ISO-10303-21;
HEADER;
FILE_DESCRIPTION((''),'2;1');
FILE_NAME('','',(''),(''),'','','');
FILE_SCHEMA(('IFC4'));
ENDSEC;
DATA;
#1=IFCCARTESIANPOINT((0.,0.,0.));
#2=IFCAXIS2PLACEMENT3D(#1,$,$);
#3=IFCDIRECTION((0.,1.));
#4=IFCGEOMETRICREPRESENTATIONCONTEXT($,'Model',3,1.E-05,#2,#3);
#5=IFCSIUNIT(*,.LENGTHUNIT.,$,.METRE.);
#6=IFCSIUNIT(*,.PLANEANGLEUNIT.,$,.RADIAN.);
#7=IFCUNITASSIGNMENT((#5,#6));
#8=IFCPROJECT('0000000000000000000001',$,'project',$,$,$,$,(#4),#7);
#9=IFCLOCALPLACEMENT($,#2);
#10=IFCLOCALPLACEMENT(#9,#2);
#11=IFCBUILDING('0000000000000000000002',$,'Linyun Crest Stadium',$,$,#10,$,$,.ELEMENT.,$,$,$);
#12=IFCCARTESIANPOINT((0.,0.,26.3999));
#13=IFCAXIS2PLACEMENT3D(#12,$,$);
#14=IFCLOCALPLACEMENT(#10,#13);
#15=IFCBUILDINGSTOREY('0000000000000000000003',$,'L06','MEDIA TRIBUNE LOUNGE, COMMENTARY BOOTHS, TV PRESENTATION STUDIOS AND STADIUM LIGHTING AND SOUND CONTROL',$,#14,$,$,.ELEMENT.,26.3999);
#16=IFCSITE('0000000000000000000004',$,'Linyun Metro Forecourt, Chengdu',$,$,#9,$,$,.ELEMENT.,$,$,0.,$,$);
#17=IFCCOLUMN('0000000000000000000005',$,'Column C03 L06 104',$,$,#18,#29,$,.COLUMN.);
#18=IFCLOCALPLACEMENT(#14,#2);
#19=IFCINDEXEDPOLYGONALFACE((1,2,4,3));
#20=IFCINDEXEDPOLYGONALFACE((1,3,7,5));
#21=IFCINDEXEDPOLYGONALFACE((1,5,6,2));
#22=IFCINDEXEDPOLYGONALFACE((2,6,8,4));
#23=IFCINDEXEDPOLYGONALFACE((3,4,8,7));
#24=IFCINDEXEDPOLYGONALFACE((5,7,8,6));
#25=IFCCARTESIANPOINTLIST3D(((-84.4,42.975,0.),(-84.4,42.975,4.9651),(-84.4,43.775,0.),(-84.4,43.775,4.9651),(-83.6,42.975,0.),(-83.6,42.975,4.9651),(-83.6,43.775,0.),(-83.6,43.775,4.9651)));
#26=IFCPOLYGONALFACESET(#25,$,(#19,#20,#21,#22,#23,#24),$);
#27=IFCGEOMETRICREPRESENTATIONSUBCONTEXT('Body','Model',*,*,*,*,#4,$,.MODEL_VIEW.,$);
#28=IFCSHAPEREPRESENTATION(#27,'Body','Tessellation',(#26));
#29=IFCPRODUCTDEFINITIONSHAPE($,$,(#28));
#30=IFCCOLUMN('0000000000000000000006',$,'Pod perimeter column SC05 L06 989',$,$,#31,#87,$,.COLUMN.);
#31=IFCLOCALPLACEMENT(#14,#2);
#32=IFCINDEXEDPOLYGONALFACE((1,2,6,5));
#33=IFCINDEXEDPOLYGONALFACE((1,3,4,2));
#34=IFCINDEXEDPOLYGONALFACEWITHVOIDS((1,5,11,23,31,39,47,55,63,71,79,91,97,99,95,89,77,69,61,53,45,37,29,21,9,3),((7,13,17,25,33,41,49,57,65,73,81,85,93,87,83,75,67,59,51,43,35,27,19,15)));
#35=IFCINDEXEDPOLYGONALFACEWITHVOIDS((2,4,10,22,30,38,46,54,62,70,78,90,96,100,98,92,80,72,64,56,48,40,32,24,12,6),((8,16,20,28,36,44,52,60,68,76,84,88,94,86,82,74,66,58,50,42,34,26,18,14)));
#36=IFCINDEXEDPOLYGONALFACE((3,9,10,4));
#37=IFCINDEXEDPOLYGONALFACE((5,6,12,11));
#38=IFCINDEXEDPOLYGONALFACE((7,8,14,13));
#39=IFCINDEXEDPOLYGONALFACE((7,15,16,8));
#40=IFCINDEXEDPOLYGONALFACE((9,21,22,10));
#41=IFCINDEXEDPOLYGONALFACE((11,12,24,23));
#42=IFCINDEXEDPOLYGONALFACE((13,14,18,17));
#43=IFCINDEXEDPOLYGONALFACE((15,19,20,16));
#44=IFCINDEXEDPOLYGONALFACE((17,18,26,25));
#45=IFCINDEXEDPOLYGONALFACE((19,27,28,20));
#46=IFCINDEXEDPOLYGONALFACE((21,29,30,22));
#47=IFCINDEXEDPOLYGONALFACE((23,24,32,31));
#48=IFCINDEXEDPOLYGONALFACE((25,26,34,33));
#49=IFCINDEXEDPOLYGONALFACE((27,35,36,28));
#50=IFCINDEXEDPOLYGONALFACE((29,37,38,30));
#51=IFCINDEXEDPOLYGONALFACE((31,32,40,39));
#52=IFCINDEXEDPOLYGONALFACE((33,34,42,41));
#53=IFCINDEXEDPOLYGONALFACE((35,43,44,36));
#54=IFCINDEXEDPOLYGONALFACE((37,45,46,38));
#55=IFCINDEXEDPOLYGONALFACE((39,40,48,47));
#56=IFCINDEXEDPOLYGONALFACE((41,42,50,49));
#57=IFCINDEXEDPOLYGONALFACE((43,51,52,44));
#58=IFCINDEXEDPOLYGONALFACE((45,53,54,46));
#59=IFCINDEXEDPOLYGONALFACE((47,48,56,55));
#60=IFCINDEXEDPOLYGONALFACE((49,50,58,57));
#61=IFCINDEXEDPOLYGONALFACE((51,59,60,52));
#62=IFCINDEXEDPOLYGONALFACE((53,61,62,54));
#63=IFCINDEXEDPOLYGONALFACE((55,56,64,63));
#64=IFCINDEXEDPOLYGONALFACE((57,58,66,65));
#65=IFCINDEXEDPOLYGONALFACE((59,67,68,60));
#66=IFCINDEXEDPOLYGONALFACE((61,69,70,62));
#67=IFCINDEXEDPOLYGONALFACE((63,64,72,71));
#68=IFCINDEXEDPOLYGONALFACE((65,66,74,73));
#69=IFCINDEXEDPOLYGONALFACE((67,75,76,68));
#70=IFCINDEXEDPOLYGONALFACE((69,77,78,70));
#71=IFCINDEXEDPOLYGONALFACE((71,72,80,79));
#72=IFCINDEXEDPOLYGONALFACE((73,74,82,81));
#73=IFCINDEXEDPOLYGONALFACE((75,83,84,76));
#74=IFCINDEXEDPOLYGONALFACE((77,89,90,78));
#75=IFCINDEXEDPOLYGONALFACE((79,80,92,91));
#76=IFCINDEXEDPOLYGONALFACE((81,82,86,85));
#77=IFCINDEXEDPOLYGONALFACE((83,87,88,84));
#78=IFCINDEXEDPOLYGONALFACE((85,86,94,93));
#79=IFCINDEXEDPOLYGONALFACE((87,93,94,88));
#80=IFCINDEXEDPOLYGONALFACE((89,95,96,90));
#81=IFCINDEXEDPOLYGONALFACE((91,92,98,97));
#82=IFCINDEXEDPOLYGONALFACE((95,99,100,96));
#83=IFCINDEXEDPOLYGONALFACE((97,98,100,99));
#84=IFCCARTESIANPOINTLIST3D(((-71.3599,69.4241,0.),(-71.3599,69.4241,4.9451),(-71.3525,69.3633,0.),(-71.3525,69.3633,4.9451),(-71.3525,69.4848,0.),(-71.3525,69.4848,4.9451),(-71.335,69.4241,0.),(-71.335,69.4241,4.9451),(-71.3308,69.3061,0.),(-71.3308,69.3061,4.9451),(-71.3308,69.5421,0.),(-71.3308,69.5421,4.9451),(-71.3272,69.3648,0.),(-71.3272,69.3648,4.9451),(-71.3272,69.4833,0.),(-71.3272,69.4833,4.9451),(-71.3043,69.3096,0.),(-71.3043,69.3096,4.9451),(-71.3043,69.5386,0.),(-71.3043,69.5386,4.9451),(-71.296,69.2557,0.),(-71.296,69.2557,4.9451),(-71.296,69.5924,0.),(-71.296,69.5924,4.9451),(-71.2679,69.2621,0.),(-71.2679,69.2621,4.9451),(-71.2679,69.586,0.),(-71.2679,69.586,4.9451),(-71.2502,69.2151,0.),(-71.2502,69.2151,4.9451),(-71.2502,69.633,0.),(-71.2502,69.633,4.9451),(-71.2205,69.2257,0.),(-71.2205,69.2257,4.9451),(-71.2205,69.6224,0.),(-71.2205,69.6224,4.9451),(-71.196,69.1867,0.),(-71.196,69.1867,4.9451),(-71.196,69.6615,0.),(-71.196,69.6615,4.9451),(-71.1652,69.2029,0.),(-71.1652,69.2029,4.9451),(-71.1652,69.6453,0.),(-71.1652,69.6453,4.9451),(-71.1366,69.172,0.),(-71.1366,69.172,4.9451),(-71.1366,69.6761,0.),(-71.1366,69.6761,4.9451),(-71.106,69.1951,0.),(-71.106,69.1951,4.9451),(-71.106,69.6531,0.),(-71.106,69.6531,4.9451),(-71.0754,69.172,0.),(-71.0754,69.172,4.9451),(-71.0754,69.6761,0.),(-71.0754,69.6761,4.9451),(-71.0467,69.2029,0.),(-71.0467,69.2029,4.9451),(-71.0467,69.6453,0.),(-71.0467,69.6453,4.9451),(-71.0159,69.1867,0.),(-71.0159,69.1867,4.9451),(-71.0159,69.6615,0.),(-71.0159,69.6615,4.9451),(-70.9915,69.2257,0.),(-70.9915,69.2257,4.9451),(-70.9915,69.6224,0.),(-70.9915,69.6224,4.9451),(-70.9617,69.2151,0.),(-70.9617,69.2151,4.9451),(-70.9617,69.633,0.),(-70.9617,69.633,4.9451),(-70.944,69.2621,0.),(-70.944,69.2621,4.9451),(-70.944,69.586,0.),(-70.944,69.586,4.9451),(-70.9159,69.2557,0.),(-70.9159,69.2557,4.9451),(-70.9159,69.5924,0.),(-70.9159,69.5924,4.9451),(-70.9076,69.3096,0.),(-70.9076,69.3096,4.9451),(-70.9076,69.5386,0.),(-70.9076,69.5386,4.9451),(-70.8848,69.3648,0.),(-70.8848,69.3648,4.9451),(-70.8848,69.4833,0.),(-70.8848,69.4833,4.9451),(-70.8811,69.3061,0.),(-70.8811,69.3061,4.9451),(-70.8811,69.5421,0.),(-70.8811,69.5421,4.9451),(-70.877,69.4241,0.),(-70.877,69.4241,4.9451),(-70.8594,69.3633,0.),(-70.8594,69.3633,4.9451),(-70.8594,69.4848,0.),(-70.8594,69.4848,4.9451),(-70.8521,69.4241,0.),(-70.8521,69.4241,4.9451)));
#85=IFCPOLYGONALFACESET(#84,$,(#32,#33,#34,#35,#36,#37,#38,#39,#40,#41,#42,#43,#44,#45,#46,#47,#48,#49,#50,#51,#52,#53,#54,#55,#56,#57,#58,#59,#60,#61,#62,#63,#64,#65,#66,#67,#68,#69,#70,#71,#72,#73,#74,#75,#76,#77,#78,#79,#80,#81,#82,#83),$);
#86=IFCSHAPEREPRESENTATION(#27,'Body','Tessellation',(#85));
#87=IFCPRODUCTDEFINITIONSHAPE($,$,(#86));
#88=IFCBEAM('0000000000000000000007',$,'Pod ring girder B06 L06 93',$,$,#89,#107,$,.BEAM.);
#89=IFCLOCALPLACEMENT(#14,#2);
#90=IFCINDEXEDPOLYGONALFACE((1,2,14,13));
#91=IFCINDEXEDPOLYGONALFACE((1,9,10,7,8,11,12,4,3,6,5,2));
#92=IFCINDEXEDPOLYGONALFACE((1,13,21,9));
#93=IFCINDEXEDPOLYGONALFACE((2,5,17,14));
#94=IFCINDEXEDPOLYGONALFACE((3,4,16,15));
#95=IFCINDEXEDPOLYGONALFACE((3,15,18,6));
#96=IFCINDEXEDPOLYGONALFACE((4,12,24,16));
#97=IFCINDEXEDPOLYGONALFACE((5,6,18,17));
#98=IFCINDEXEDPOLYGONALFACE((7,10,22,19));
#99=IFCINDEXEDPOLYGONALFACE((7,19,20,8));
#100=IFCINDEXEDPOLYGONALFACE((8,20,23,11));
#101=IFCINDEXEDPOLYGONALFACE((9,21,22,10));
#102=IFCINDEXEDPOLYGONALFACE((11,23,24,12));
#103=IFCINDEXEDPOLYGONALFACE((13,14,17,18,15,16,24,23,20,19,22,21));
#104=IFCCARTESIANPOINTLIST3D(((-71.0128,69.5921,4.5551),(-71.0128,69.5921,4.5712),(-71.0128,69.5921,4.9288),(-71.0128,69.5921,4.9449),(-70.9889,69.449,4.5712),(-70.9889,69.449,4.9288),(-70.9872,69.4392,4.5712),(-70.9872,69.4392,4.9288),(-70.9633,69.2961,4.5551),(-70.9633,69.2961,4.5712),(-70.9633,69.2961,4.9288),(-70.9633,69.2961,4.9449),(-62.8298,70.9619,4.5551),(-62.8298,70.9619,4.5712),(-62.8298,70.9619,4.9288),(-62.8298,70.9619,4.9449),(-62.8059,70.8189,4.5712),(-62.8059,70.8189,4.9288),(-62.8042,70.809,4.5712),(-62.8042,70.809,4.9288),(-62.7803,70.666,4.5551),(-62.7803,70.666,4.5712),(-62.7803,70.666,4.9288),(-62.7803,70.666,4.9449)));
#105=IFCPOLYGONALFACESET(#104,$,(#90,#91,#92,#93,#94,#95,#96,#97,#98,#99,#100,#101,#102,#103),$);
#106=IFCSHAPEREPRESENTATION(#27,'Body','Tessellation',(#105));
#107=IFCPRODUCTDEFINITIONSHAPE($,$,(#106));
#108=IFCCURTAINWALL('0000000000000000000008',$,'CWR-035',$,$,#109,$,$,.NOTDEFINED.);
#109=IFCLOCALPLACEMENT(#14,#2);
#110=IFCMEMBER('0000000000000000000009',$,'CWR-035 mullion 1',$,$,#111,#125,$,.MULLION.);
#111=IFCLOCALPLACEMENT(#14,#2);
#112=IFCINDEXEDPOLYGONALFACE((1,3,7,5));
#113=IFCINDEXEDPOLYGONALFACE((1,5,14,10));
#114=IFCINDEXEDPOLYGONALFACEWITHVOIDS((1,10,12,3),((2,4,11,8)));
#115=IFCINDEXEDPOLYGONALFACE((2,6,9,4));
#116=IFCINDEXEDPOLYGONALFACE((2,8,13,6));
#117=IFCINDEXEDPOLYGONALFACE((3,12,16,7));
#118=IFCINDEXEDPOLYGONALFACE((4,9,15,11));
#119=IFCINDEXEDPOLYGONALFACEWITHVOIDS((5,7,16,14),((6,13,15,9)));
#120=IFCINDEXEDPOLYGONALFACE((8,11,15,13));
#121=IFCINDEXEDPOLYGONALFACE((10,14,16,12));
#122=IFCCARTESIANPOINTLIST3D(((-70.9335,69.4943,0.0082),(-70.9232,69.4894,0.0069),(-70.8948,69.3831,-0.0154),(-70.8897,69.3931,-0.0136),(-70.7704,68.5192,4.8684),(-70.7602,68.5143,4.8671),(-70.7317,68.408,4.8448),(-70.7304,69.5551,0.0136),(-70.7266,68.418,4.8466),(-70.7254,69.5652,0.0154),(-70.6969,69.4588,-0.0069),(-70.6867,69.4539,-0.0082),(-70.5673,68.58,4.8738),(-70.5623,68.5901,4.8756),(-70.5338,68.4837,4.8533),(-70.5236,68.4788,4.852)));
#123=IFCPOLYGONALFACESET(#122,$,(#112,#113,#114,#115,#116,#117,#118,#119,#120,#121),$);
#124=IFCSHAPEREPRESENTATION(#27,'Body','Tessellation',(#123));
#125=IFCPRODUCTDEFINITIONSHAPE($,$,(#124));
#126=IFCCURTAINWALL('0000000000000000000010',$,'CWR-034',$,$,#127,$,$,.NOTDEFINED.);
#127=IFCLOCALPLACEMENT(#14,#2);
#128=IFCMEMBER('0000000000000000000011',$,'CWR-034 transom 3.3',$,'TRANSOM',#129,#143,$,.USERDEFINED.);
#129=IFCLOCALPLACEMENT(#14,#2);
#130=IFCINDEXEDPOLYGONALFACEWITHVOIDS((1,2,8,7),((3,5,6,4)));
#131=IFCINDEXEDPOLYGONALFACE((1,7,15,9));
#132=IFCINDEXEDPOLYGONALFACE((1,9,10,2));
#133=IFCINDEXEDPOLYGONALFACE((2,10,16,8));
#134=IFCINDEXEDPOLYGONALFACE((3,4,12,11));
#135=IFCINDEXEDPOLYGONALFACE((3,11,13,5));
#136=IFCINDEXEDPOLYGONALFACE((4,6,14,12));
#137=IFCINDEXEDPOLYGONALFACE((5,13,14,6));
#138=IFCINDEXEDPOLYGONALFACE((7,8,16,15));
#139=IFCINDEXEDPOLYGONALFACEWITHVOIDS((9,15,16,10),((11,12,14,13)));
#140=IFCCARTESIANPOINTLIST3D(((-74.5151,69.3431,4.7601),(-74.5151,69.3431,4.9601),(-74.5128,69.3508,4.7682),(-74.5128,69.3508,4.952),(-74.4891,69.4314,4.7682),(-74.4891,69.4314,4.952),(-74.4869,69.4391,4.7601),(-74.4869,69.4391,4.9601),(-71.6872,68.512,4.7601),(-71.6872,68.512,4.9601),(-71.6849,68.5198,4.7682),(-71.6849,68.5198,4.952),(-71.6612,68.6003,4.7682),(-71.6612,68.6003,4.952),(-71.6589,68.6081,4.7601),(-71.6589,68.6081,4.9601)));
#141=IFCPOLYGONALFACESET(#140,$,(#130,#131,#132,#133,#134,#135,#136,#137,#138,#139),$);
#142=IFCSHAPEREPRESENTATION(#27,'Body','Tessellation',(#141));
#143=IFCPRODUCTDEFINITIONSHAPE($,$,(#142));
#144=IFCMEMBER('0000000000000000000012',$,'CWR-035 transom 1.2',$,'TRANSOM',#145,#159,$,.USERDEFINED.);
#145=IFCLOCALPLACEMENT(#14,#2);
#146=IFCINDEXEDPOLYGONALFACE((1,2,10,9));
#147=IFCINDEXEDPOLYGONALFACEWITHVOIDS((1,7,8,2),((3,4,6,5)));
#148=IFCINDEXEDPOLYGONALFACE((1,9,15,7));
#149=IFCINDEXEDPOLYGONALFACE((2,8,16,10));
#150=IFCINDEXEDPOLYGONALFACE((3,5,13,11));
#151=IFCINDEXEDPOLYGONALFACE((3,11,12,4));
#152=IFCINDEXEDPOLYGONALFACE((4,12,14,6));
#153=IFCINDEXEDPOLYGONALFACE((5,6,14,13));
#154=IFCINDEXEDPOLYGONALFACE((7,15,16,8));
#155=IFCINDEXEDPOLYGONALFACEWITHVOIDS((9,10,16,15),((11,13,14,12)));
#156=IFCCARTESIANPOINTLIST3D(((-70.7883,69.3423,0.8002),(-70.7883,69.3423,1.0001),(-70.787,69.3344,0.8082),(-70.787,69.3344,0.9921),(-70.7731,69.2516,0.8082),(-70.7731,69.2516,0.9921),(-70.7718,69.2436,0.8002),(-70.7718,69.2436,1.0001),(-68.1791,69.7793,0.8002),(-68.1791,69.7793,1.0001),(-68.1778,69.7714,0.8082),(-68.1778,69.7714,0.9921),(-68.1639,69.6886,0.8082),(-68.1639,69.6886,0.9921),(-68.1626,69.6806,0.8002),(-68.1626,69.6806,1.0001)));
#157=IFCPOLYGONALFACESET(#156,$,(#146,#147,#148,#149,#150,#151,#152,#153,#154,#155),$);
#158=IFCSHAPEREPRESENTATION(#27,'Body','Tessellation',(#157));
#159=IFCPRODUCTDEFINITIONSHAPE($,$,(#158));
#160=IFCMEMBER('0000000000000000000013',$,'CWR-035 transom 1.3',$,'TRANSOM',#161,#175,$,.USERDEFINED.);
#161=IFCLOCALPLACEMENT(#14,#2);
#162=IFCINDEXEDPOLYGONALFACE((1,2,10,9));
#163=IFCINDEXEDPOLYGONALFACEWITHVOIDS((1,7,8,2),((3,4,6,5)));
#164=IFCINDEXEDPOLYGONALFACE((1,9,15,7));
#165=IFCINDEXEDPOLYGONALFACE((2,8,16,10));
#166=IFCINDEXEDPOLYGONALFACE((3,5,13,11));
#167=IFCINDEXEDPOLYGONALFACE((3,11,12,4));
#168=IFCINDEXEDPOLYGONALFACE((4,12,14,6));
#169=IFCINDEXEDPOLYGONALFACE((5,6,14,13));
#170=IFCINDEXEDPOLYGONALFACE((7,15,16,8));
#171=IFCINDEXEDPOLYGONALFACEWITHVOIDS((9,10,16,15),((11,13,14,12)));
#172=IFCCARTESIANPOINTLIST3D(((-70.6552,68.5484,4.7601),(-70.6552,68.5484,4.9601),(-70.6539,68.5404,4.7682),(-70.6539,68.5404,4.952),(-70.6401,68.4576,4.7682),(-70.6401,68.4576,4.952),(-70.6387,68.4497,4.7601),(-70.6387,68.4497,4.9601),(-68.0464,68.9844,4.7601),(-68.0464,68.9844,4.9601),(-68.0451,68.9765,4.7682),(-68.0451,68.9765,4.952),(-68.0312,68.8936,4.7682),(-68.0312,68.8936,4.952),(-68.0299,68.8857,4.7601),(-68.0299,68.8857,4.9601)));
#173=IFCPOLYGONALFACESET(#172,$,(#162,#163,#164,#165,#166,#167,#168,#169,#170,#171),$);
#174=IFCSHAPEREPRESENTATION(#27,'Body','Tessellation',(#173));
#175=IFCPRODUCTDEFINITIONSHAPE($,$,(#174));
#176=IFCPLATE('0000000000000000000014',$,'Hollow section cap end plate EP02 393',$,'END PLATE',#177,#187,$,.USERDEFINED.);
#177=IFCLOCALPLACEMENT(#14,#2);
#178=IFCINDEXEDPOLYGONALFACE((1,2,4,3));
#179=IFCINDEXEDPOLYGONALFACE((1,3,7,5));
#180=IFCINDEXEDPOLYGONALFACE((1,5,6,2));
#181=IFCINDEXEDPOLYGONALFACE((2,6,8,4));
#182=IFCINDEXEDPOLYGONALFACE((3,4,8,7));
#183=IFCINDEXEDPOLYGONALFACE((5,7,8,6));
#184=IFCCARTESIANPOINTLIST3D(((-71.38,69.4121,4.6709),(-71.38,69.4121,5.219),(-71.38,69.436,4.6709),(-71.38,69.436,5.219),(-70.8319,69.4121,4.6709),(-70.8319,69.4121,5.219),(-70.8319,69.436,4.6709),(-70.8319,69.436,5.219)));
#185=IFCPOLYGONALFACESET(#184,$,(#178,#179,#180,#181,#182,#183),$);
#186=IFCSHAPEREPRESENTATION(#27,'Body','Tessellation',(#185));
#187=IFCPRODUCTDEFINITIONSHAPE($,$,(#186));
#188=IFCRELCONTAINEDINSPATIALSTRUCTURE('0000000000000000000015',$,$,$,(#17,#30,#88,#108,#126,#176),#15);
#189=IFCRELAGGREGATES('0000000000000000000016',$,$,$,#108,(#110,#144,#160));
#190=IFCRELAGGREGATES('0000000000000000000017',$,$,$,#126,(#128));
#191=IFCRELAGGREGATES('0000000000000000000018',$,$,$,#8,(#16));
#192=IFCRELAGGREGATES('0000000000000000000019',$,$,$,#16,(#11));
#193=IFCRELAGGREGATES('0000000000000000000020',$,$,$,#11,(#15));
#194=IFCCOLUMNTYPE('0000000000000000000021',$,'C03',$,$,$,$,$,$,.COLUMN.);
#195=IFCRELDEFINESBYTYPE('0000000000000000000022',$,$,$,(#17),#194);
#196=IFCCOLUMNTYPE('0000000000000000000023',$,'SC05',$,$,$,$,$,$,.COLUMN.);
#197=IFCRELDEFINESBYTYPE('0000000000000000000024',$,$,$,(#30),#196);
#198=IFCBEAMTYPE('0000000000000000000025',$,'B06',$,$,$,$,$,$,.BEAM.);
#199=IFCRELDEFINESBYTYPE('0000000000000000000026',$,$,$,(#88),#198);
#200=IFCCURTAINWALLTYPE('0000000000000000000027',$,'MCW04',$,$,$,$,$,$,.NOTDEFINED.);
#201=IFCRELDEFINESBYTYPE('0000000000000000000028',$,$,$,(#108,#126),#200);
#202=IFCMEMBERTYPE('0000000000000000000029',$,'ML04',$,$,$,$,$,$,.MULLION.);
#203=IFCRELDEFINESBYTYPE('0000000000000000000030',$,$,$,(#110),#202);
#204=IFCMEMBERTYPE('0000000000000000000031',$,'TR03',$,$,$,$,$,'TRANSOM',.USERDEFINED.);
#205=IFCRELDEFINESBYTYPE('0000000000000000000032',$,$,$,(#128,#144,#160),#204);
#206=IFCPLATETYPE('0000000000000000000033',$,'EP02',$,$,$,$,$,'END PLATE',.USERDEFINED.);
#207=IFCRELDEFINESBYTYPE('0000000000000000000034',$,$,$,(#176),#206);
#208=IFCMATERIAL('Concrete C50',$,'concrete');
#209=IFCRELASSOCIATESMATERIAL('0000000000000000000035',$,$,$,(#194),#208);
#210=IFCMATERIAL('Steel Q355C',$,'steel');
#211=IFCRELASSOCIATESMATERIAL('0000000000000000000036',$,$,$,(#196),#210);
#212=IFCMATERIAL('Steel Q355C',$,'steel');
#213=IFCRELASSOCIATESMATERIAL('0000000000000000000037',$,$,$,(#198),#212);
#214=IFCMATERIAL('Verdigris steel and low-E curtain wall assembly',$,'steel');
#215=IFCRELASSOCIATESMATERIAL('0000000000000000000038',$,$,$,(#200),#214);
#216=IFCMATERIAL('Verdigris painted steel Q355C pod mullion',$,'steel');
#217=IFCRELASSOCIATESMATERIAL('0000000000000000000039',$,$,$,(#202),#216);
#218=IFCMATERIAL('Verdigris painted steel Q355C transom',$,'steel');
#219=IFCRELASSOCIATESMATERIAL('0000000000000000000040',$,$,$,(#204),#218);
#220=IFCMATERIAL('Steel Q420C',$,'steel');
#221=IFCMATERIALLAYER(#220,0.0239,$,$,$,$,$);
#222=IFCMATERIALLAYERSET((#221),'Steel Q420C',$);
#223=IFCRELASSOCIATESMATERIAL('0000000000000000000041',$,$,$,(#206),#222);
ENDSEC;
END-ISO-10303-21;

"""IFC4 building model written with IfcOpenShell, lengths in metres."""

from ifc_helpers import new_model, si_unit, direction, frame, origin, origin_2d, place, context, subcontext, project, spatial, rectangle, hollow_rectangle, hollow_circle, i_section, extrude, material, layer, layer_set, material_profile, profile_set, type_object, element, aggregate, save


model = new_model("IFC4")

# Units and contexts
model_context = context("Model", 3, precision=1e-05, world=origin(), true_north=direction((0.0, 1.0)))
body_context = subcontext(model_context, "Body", "Model", "MODEL_VIEW")
ifc_project = project(units=[si_unit("LENGTHUNIT", "METRE"), si_unit("PLANEANGLEUNIT", "RADIAN")], contexts=[model_context])

# Site, building, storey
site_placement = place(None, origin())
site = spatial("IfcSite", under=ifc_project, at=site_placement, Name="Linyun Metro Forecourt, Chengdu", CompositionType="ELEMENT", RefElevation=0.0)
building_placement = place(site_placement, origin())
building = spatial("IfcBuilding", under=site, at=building_placement, Name="Linyun Crest Stadium", CompositionType="ELEMENT")
storey_placement = place(building_placement, frame((0.0, 0.0, 26.3999)))
storey = spatial("IfcBuildingStorey", under=building, at=storey_placement, Name="L06", Description="MEDIA TRIBUNE LOUNGE, COMMENTARY BOOTHS, TV PRESENTATION STUDIOS AND STADIUM LIGHTING AND SOUND CONTROL", CompositionType="ELEMENT", Elevation=26.3999)

# Columns
ifc_material_1 = material(Name="Concrete C50", Category="concrete")
ifc_material_profile_1 = material_profile(ifc_material_1, rectangle(XDim=0.8, YDim=0.8, at=origin_2d()), Name="RC 800x800")
ifc_profile_set_1 = profile_set([ifc_material_profile_1], Name="Concrete C50")
column_type_1 = type_object("IfcColumnType", Name="C03", PredefinedType="COLUMN", material=ifc_profile_set_1)
column_1_placement = place(storey_placement, frame((-84.0, 43.375, 0.0), z_axis=(0.0, 0.0, 1.0), x_axis=(1.0, 0.0, 0.0)))
element("IfcColumn", 1, at=column_1_placement, inside=storey, type_object=column_type_1, Name="Column C03 L06 104", PredefinedType="COLUMN", context=body_context, shape_type="SweptSolid", body=[
    extrude(rectangle(XDim=0.8, YDim=0.8, at=origin_2d()), origin(), (0.0, 0.0, 1.0), 4.9651),
])
ifc_material_2 = material(Name="Steel Q355C", Category="steel")
ifc_material_profile_2 = material_profile(ifc_material_2, hollow_circle(Radius=0.2539, WallThickness=0.0249, at=origin_2d()), Name="CHS 508x25")
ifc_profile_set_2 = profile_set([ifc_material_profile_2], Name="Steel Q355C")
column_type_2 = type_object("IfcColumnType", Name="SC05", PredefinedType="COLUMN", material=ifc_profile_set_2)
column_2_placement = place(storey_placement, frame((-71.106, 69.4241, 0.0), z_axis=(0.0, 0.0, 1.0), x_axis=(1.0, 0.0, 0.0)))
element("IfcColumn", 2, at=column_2_placement, inside=storey, type_object=column_type_2, Name="Pod perimeter column SC05 L06 989", PredefinedType="COLUMN", context=body_context, shape_type="SweptSolid", body=[
    extrude(hollow_circle(Radius=0.2539, WallThickness=0.0249, at=origin_2d()), origin(), (0.0, 0.0, 1.0), 4.9451),
])

# Beam
ifc_material_3 = material(Name="Steel Q355C", Category="steel")
ifc_material_profile_3 = material_profile(ifc_material_3, i_section(OverallWidth=0.3, OverallDepth=0.3899, WebThickness=0.01, FlangeThickness=0.0161, at=origin_2d()), Name="HM 390x300")
ifc_profile_set_3 = profile_set([ifc_material_profile_3], Name="Steel Q355C")
beam_type = type_object("IfcBeamType", Name="B06", PredefinedType="BEAM", material=ifc_profile_set_3)
beam_placement = place(storey_placement, frame((-70.988, 69.4441, 4.75), z_axis=(0.986276, 0.165105, 0.0), x_axis=(-0.165105, 0.986276, 0.0)))
element("IfcBeam", 3, at=beam_placement, inside=storey, type_object=beam_type, Name="Pod ring girder B06 L06 93", PredefinedType="BEAM", context=body_context, shape_type="SweptSolid", body=[
    extrude(i_section(OverallWidth=0.3, OverallDepth=0.3899, WebThickness=0.01, FlangeThickness=0.0161, at=origin_2d()), origin(), (0.0, 0.0, 1.0), 8.2969),
])

# Curtain walls, members
ifc_material_4 = material(Name="Verdigris steel and low-E curtain wall assembly", Category="steel")
curtain_wall_type = type_object("IfcCurtainWallType", Name="MCW04", PredefinedType="NOTDEFINED", material=ifc_material_4)
curtain_wall_1_placement = place(storey_placement, origin())
curtain_wall_1 = element("IfcCurtainWall", 4, at=curtain_wall_1_placement, inside=storey, type_object=curtain_wall_type, Name="CWR-035", PredefinedType="NOTDEFINED")
ifc_material_5 = material(Name="Verdigris painted steel Q355C pod mullion", Category="steel")
ifc_material_profile_4 = material_profile(ifc_material_5, hollow_rectangle(XDim=0.1201, YDim=0.22, WallThickness=0.0081, at=origin_2d()), Name="RHS 220x120x8")
ifc_profile_set_4 = profile_set([ifc_material_profile_4], Name="Verdigris painted steel Q355C pod mullion")
member_type_1 = type_object("IfcMemberType", Name="ML04", PredefinedType="MULLION", material=ifc_profile_set_4)
member_1_placement = place(storey_placement, frame((-70.8101, 69.4741, 0.0), z_axis=(0.032883, -0.196606, 0.979931), x_axis=(-0.322219, 0.926025, 0.196603)))
member_1 = element("IfcMember", 5, at=member_1_placement, type_object=member_type_1, Name="CWR-035 mullion 1", PredefinedType="MULLION", context=body_context, shape_type="SweptSolid", body=[
    extrude(hollow_rectangle(XDim=0.1201, YDim=0.22, WallThickness=0.0081, at=origin_2d()), origin(), (0.0, 0.0, 1.0), 4.9597),
])
curtain_wall_2_placement = place(storey_placement, origin())
curtain_wall_2 = element("IfcCurtainWall", 6, at=curtain_wall_2_placement, inside=storey, type_object=curtain_wall_type, Name="CWR-034", PredefinedType="NOTDEFINED")
ifc_material_6 = material(Name="Verdigris painted steel Q355C transom", Category="steel")
ifc_material_profile_5 = material_profile(ifc_material_6, hollow_rectangle(XDim=0.1001, YDim=0.2, WallThickness=0.0081, at=origin_2d()), Name="RHS 200x100x8")
ifc_profile_set_5 = profile_set([ifc_material_profile_5], Name="Verdigris painted steel Q355C transom")
member_type_2 = type_object("IfcMemberType", Name="TR03", ElementType="TRANSOM", PredefinedType="USERDEFINED", material=ifc_profile_set_5)
member_2_placement = place(storey_placement, frame((-74.501, 69.3911, 4.8601), z_axis=(0.959427, -0.281956, 0.0), x_axis=(0.281956, 0.959427, 0.0)))
member_2 = element("IfcMember", 7, at=member_2_placement, type_object=member_type_2, Name="CWR-034 transom 3.3", ObjectType="TRANSOM", PredefinedType="USERDEFINED", context=body_context, shape_type="SweptSolid", body=[
    extrude(hollow_rectangle(XDim=0.1001, YDim=0.2, WallThickness=0.0081, at=origin_2d()), origin(), (0.0, 0.0, 1.0), 2.9475),
])

# Members
member_3_placement = place(storey_placement, frame((-70.78, 69.293, 0.9001), z_axis=(0.986261, 0.165192, 0.0), x_axis=(-0.165192, 0.986261, 0.0)))
member_3 = element("IfcMember", 8, at=member_3_placement, type_object=member_type_2, Name="CWR-035 transom 1.2", ObjectType="TRANSOM", PredefinedType="USERDEFINED", context=body_context, shape_type="SweptSolid", body=[
    extrude(hollow_rectangle(XDim=0.1001, YDim=0.2, WallThickness=0.0081, at=origin_2d()), origin(), (0.0, 0.0, 1.0), 2.6455),
])
member_4_placement = place(storey_placement, frame((-70.647, 68.499, 4.8601), z_axis=(0.986319, 0.164848, 0.0), x_axis=(-0.164848, 0.986319, 0.0)))
member_4 = element("IfcMember", 9, at=member_4_placement, type_object=member_type_2, Name="CWR-035 transom 1.3", ObjectType="TRANSOM", PredefinedType="USERDEFINED", context=body_context, shape_type="SweptSolid", body=[
    extrude(hollow_rectangle(XDim=0.1001, YDim=0.2, WallThickness=0.0081, at=origin_2d()), origin(), (0.0, 0.0, 1.0), 2.645),
])
aggregate(curtain_wall_1, [member_1, member_3, member_4])

# Plate
ifc_material_7 = material(Name="Steel Q420C", Category="steel")
ifc_layer_1 = layer(ifc_material_7, 0.0239)
ifc_layer_set_1 = layer_set([ifc_layer_1], Name="Steel Q420C")
plate_type_1 = type_object("IfcPlateType", Name="EP02", ElementType="END PLATE", PredefinedType="USERDEFINED", material=ifc_layer_set_1)
plate_1_placement = place(storey_placement, frame((-71.106, 69.4241, 4.6709), z_axis=(0.0, 0.0, 1.0), x_axis=(1.0, 0.0, 0.0)))
element("IfcPlate", 10, at=plate_1_placement, inside=storey, type_object=plate_type_1, Name="Hollow section cap end plate EP02 393", ObjectType="END PLATE", PredefinedType="USERDEFINED", context=body_context, shape_type="SweptSolid", body=[
    extrude(rectangle(XDim=0.5481, YDim=0.0239, at=origin_2d()), origin(), (0.0, 0.0, 1.0), 0.5481),
])
aggregate(curtain_wall_2, [member_2])

save(model, "model.ifc")
